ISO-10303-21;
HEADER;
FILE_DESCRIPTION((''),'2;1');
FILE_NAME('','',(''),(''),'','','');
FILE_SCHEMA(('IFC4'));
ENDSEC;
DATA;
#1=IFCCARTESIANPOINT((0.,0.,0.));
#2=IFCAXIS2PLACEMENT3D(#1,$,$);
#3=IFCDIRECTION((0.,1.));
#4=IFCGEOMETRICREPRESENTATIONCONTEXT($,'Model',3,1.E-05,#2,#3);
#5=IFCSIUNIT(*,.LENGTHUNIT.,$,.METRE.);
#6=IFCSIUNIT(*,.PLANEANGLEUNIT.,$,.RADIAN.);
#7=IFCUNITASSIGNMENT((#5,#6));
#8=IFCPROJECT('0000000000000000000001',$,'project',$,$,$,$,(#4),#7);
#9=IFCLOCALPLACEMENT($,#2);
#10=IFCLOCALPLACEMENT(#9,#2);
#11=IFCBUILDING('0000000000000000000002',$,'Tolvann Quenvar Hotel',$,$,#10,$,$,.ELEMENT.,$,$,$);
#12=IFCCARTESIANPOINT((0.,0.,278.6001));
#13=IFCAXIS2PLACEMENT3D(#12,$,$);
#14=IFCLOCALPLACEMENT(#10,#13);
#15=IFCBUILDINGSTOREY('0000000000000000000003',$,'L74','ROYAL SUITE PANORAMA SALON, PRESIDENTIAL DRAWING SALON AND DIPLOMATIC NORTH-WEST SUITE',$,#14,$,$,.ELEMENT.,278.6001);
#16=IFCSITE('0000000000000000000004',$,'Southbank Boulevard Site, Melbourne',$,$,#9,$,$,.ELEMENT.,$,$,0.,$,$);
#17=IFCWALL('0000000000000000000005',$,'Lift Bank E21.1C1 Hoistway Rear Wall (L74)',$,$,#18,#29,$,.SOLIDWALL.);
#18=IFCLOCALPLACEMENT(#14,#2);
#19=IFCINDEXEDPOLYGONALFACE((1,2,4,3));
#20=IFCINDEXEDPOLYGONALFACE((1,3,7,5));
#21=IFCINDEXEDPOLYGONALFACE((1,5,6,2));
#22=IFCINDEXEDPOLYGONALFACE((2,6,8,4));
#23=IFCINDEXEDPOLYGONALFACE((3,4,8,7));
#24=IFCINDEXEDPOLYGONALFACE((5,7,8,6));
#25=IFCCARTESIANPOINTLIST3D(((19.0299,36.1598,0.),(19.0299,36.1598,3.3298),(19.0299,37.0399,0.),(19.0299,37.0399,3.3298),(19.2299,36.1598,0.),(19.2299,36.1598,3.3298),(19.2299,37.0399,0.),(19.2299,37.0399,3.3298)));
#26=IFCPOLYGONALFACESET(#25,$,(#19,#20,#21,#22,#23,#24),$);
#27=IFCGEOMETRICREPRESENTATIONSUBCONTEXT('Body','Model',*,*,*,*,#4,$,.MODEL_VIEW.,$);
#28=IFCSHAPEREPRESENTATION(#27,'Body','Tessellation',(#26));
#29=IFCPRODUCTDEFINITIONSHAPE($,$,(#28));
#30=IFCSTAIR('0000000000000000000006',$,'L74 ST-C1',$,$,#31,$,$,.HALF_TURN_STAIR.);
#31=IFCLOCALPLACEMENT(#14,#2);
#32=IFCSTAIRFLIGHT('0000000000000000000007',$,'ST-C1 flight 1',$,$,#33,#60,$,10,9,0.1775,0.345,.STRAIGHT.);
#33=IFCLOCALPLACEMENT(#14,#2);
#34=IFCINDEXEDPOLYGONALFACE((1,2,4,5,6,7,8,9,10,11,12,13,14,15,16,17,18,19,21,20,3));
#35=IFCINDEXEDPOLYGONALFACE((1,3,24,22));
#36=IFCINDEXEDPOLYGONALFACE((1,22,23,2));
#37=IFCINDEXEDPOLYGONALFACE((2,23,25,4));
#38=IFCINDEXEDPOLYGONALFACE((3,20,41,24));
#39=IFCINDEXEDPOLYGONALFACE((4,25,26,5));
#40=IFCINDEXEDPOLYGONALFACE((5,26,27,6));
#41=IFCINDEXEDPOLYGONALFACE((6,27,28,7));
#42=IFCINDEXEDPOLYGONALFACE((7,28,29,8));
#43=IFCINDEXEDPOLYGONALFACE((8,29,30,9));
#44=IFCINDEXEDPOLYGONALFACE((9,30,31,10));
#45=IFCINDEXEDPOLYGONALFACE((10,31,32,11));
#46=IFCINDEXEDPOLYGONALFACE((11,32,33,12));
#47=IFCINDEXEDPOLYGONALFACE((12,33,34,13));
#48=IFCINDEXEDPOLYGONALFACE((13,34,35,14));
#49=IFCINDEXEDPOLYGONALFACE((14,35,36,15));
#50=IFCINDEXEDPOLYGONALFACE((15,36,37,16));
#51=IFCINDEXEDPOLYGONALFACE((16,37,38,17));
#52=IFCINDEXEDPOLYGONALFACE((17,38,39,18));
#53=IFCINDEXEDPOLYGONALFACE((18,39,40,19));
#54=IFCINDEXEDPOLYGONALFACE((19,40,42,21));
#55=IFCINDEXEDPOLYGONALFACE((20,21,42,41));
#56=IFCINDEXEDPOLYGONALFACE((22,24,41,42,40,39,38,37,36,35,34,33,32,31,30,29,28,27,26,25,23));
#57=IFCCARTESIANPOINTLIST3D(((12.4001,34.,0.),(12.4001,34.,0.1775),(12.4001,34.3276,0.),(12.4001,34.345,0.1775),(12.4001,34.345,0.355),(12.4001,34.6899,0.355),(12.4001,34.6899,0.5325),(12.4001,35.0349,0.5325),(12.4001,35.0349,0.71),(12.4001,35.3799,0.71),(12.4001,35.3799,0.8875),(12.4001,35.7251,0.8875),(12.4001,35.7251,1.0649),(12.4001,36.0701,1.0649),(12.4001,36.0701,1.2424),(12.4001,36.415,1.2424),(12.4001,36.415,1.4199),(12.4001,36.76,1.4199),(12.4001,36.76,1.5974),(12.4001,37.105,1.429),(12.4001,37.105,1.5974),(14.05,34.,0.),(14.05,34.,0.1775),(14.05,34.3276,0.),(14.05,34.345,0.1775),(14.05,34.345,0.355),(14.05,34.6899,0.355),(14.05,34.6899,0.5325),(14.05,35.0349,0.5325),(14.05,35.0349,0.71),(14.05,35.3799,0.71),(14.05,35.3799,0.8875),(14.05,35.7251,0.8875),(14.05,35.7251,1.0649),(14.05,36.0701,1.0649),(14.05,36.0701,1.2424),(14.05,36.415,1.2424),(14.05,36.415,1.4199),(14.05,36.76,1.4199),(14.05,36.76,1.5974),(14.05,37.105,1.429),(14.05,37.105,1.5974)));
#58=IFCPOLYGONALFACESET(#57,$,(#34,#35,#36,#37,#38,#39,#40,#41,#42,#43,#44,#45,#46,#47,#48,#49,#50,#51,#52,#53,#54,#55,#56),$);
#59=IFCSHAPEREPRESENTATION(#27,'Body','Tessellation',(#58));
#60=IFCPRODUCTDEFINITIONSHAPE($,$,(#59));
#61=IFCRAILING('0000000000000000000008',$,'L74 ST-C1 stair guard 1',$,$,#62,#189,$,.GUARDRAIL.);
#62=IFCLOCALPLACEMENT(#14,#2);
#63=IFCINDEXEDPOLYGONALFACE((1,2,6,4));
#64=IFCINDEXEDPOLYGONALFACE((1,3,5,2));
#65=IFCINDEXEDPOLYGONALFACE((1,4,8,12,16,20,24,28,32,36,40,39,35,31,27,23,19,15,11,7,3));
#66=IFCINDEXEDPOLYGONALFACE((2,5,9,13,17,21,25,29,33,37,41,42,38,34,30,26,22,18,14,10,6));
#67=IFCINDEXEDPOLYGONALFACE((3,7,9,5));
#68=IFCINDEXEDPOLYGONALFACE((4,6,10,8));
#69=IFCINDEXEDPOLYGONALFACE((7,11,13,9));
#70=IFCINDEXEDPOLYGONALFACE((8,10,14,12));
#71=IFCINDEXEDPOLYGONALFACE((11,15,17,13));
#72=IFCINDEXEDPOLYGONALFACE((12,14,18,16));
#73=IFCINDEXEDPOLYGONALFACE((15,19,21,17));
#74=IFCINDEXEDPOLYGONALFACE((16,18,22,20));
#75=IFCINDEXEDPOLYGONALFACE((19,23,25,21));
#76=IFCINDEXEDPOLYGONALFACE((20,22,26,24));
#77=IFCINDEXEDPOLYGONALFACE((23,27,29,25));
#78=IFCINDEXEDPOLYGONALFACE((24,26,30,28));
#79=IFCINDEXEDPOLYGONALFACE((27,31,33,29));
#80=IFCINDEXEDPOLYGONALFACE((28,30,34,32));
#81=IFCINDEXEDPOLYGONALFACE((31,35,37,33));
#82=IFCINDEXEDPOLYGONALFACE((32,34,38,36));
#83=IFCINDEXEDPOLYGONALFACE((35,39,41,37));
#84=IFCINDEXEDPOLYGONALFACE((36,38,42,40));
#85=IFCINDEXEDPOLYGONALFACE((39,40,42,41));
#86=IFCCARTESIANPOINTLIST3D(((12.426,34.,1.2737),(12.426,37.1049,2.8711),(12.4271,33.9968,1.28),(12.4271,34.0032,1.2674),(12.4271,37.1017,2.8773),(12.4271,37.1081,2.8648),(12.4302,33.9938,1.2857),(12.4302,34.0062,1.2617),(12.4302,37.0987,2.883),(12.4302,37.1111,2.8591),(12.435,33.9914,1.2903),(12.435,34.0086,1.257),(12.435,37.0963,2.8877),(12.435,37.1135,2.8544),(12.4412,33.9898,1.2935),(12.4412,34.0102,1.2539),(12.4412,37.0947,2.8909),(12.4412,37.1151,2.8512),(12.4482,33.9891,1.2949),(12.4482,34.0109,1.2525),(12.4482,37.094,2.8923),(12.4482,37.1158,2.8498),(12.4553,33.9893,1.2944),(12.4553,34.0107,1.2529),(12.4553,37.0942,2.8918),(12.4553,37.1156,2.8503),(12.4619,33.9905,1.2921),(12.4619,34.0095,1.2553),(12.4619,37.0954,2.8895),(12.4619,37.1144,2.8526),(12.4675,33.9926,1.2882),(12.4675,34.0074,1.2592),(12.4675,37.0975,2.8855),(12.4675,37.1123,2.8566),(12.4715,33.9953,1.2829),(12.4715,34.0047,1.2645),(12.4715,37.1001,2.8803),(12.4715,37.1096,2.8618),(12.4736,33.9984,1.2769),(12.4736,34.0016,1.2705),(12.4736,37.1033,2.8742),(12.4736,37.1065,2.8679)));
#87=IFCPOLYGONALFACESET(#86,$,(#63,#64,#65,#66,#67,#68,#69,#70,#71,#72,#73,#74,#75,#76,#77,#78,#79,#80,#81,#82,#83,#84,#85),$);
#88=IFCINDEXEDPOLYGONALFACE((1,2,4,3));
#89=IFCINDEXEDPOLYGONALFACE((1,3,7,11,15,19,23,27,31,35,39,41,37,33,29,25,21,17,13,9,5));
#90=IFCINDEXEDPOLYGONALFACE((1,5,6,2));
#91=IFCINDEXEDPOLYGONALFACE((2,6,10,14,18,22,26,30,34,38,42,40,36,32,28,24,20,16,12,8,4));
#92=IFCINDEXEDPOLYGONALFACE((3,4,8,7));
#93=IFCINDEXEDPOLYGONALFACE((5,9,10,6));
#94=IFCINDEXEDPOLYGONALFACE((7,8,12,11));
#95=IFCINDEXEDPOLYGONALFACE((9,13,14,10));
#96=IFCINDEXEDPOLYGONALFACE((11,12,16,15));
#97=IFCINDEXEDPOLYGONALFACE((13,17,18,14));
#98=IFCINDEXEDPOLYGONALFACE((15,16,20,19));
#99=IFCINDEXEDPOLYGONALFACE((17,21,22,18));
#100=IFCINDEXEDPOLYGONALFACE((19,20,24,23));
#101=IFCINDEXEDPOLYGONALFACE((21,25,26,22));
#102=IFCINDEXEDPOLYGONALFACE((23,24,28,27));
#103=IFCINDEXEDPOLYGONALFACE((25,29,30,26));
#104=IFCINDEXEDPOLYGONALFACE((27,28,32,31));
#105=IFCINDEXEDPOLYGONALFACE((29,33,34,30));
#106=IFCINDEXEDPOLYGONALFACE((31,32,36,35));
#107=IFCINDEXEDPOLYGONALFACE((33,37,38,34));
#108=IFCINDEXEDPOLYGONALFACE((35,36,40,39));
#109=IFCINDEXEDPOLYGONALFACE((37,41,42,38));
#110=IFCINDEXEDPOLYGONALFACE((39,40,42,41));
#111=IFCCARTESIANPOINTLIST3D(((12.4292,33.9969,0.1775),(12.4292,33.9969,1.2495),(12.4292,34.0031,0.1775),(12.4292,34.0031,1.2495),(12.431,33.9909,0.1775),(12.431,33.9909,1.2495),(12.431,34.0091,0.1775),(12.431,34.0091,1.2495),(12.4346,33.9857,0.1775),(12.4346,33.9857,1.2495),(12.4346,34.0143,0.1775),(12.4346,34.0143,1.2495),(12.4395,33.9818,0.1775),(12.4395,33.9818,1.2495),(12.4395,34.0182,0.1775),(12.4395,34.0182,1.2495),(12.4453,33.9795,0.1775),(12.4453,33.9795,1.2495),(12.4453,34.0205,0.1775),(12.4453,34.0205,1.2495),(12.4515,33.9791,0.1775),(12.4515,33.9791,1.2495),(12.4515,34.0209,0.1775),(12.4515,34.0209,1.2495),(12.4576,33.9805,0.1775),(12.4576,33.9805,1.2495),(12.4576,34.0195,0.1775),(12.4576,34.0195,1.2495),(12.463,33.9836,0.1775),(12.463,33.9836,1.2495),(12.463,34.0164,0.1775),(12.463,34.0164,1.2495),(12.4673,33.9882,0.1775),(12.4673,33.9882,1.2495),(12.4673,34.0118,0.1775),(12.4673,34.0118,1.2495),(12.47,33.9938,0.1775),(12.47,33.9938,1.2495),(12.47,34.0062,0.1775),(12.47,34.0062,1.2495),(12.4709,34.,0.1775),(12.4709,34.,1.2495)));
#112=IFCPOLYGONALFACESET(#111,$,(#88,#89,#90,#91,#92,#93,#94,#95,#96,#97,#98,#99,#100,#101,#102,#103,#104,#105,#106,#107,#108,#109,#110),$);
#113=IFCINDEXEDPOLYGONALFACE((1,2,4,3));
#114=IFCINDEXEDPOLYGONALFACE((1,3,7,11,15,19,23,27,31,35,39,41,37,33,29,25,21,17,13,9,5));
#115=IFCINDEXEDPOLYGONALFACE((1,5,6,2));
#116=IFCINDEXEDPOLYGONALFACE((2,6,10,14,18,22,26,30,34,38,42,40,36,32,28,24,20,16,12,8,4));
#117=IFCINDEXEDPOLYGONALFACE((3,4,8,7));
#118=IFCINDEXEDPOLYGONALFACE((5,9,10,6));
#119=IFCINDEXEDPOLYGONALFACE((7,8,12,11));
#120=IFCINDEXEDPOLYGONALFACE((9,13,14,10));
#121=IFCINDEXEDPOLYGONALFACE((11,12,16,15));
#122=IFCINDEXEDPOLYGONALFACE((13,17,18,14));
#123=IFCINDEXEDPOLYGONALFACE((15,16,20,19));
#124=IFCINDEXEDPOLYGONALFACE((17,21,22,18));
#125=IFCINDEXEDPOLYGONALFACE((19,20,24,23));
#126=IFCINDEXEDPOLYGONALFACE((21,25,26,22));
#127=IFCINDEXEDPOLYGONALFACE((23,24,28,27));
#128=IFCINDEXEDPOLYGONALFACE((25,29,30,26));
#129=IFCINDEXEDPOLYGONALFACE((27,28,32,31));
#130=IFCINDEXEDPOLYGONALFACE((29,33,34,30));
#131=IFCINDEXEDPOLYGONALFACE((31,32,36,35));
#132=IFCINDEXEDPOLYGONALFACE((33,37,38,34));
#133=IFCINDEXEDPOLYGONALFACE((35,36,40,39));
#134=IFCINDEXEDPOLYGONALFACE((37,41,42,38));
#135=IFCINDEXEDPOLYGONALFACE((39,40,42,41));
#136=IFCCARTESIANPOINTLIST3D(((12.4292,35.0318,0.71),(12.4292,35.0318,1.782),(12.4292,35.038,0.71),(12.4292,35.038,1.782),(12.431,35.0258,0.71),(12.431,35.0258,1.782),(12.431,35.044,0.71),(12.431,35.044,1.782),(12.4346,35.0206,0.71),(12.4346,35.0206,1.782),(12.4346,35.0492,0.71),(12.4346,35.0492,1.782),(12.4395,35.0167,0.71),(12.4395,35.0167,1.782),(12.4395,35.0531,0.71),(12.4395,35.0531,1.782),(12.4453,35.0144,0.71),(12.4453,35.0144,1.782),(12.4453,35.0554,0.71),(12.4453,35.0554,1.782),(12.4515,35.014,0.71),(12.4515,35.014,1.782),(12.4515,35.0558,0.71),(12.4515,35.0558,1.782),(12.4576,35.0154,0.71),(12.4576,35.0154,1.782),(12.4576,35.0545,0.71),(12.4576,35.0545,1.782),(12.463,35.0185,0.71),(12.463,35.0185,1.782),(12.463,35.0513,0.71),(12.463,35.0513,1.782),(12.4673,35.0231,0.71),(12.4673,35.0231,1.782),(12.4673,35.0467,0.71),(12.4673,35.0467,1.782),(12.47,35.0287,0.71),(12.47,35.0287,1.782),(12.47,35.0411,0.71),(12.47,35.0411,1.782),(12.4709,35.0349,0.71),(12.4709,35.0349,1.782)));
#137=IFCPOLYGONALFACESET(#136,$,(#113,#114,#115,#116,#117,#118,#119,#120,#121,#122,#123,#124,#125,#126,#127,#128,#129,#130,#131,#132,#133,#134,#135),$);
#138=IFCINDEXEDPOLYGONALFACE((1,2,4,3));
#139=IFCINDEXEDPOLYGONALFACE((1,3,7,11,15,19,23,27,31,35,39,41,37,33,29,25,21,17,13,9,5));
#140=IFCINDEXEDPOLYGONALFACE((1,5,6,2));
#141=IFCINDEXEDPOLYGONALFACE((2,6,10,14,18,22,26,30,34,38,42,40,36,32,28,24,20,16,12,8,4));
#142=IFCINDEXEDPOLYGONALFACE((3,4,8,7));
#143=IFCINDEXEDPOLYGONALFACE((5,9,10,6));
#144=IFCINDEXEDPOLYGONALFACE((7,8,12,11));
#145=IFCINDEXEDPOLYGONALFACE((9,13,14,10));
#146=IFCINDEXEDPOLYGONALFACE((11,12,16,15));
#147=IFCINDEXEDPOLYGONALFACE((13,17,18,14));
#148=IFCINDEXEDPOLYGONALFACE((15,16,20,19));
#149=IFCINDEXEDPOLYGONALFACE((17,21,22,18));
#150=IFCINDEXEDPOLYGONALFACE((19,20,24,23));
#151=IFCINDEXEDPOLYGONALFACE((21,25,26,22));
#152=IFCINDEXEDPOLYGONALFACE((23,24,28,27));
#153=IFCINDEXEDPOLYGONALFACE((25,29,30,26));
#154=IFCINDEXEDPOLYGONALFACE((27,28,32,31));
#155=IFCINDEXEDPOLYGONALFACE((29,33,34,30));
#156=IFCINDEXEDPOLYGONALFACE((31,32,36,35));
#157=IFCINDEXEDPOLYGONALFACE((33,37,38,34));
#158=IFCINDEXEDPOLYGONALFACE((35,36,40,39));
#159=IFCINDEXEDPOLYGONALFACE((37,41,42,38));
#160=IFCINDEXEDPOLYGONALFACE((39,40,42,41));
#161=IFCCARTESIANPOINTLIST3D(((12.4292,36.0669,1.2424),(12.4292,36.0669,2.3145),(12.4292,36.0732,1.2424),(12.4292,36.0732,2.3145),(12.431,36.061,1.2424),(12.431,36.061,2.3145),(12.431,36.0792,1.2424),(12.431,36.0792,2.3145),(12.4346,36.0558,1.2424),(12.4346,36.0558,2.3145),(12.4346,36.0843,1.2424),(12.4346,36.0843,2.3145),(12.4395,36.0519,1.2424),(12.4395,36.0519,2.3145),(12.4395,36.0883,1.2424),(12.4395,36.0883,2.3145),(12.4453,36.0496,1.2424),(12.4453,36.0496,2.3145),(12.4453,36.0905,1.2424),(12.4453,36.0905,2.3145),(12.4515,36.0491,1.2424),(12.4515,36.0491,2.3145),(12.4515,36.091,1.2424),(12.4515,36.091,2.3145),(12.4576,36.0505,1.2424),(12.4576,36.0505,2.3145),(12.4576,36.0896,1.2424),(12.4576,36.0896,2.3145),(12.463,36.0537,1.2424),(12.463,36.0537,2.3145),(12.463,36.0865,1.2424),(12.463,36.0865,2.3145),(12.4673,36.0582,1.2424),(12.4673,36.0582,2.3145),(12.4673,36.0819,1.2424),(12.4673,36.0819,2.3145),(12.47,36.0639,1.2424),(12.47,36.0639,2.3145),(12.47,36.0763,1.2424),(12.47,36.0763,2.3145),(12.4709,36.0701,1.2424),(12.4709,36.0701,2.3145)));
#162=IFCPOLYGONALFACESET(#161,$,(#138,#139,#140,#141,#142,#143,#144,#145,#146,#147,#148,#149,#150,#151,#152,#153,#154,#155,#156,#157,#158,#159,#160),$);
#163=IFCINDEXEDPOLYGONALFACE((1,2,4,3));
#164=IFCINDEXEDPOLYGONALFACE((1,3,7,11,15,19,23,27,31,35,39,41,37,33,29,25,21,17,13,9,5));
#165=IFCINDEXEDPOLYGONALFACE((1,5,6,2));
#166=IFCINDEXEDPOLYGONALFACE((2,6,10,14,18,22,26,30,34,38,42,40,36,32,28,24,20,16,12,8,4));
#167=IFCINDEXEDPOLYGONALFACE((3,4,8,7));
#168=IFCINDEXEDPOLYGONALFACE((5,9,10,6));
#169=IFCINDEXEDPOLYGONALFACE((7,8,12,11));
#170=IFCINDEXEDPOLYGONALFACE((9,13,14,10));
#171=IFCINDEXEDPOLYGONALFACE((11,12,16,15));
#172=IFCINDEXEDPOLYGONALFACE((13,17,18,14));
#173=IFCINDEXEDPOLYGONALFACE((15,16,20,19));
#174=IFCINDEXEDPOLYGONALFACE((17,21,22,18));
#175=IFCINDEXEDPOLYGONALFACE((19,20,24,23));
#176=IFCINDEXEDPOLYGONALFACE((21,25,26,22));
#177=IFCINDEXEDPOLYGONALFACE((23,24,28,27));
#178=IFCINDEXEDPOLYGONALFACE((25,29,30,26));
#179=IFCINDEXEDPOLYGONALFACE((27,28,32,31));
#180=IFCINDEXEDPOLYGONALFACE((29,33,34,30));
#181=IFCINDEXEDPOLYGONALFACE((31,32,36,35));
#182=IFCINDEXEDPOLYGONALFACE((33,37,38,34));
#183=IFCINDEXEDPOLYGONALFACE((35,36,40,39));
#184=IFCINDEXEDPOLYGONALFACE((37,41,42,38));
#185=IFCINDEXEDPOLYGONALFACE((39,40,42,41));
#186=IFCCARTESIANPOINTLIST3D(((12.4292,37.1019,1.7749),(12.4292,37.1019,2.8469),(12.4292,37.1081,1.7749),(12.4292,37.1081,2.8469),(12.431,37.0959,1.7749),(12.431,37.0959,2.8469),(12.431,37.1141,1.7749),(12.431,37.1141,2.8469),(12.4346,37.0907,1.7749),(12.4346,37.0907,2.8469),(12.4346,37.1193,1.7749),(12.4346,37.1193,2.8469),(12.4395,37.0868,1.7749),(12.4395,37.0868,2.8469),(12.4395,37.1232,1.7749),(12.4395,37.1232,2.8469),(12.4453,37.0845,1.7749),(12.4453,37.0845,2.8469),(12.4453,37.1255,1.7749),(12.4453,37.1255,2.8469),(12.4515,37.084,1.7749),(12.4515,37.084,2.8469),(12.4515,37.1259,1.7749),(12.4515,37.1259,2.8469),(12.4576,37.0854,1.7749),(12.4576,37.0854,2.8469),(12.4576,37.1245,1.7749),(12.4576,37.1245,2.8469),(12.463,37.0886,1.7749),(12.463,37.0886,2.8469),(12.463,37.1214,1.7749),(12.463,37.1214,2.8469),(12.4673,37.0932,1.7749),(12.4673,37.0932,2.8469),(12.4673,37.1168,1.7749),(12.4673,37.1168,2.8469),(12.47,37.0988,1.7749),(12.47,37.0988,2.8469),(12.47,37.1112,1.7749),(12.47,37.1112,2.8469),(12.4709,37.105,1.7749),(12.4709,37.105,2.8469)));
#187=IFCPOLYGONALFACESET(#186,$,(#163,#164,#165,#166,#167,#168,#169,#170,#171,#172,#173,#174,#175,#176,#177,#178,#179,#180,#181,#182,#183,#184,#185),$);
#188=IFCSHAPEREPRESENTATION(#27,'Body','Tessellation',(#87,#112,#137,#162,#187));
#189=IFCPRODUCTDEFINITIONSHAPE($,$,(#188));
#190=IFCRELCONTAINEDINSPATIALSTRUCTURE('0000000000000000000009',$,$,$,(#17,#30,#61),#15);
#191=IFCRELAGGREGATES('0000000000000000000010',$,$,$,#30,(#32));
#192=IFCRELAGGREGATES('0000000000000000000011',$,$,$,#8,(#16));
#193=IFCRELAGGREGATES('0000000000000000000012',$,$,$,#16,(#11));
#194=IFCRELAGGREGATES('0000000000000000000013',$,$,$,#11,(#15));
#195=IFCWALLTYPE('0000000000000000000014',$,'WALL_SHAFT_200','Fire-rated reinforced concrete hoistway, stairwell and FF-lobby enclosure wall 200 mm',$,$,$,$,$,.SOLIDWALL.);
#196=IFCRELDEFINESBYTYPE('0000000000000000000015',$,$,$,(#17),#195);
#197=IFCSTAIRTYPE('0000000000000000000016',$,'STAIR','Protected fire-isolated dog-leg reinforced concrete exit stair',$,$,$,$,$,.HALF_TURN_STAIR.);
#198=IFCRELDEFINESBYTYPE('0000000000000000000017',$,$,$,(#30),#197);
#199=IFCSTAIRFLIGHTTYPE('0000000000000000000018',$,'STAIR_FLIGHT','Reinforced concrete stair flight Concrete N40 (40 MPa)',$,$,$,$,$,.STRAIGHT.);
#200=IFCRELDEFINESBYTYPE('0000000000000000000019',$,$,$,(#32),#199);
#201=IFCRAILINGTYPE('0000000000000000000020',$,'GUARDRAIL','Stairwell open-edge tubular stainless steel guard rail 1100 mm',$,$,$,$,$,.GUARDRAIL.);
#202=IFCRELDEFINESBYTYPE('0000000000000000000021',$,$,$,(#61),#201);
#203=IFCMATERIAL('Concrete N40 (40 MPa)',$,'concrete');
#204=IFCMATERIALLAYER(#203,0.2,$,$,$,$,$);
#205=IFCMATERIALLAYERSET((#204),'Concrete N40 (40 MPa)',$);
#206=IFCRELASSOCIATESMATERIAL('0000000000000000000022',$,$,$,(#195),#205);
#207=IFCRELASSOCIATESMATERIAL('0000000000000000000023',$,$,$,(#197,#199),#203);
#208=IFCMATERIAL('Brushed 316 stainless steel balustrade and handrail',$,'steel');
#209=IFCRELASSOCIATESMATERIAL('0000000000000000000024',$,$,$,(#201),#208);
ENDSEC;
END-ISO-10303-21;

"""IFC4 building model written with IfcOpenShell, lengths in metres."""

from ifc_helpers import new_model, si_unit, direction, frame, frame_2d, origin, origin_2d, place, context, subcontext, project, spatial, polyline, rectangle, circle, outline, extrude, material, layer, layer_set, type_object, element, aggregate, save


model = new_model("IFC4")

# Units and contexts
model_context = context("Model", 3, precision=1e-05, world=origin(), true_north=direction((0.0, 1.0)))
body_context = subcontext(model_context, "Body", "Model", "MODEL_VIEW")
ifc_project = project(units=[si_unit("LENGTHUNIT", "METRE"), si_unit("PLANEANGLEUNIT", "RADIAN")], contexts=[model_context])

# Site, building, storey
site_placement = place(None, origin())
site = spatial("IfcSite", under=ifc_project, at=site_placement, Name="Southbank Boulevard Site, Melbourne", CompositionType="ELEMENT", RefElevation=0.0)
building_placement = place(site_placement, origin())
building = spatial("IfcBuilding", under=site, at=building_placement, Name="Tolvann Quenvar Hotel", CompositionType="ELEMENT")
storey_placement = place(building_placement, frame((0.0, 0.0, 278.6001)))
storey = spatial("IfcBuildingStorey", under=building, at=storey_placement, Name="L74", Description="ROYAL SUITE PANORAMA SALON, PRESIDENTIAL DRAWING SALON AND DIPLOMATIC NORTH-WEST SUITE", CompositionType="ELEMENT", Elevation=278.6001)

# Wall
ifc_material_1 = material(Name="Concrete N40 (40 MPa)", Category="concrete")
ifc_layer_1 = layer(ifc_material_1, 0.2)
ifc_layer_set_1 = layer_set([ifc_layer_1], Name="Concrete N40 (40 MPa)")
wall_type_1 = type_object("IfcWallType", Name="WALL_SHAFT_200", Description="Fire-rated reinforced concrete hoistway, stairwell and FF-lobby enclosure wall 200 mm", PredefinedType="SOLIDWALL", material=ifc_layer_set_1)
wall_1_placement = place(storey_placement, frame((19.1299, 36.1599, 0.0), z_axis=(0.0, 0.0, 1.0), x_axis=(0.0, 1.0, 0.0)))
element("IfcWall", 1, at=wall_1_placement, inside=storey, type_object=wall_type_1, Name="Lift Bank E21.1C1 Hoistway Rear Wall (L74)", PredefinedType="SOLIDWALL", context=body_context, shape_type="SweptSolid", body=[
    extrude(rectangle(XDim=0.8801, YDim=0.2, at=frame_2d((0.4399, 0.0))), origin(), (0.0, 0.0, 1.0), 3.3298),
])

# Stair, stair flight
stair_type = type_object("IfcStairType", Name="STAIR", Description="Protected fire-isolated dog-leg reinforced concrete exit stair", PredefinedType="HALF_TURN_STAIR", material=ifc_material_1)
stair_placement = place(storey_placement, origin())
stair = element("IfcStair", 2, at=stair_placement, inside=storey, type_object=stair_type, Name="L74 ST-C1", PredefinedType="HALF_TURN_STAIR")
stair_flight_type = type_object("IfcStairFlightType", Name="STAIR_FLIGHT", Description="Reinforced concrete stair flight Concrete N40 (40 MPa)", PredefinedType="STRAIGHT", material=ifc_material_1)
stair_flight_placement = place(storey_placement, frame((13.2251, 34.0, 0.0), z_axis=(0.0, 0.0, 1.0), x_axis=(0.0, 1.0, 0.0)))
stair_flight = element("IfcStairFlight", 3, at=stair_flight_placement, type_object=stair_flight_type, Name="ST-C1 flight 1", NumberOfRisers=10, NumberOfTreads=9, PredefinedType="STRAIGHT", RiserHeight=0.1775, TreadLength=0.345, context=body_context, shape_type="SweptSolid", body=[
    extrude(outline(polyline([(0.0, 0.0), (0.0, 0.1775), (0.345, 0.1775), (0.345, 0.355), (0.6899, 0.355), (0.6899, 0.5325), (1.0349, 0.5325), (1.0349, 0.71), (1.3799, 0.71), (1.3799, 0.8875), (1.7251, 0.8875), (1.7251, 1.0649), (2.0701, 1.0649), (2.0701, 1.2424), (2.415, 1.2424), (2.415, 1.4199), (2.76, 1.4199), (2.76, 1.5974), (3.105, 1.5974), (3.105, 1.7749), (3.105, 1.429), (0.3276, 0.0), (0.0, 0.0)])), frame((0.0, 0.825, 0.0), z_axis=(0.0, -1.0, 0.0), x_axis=(1.0, 0.0, 0.0)), (0.0, 0.0, 1.0), 1.6499),
])
aggregate(stair, [stair_flight])

# Railing
ifc_material_2 = material(Name="Brushed 316 stainless steel balustrade and handrail", Category="steel")
railing_type_1 = type_object("IfcRailingType", Name="GUARDRAIL", Description="Stairwell open-edge tubular stainless steel guard rail 1100 mm", PredefinedType="GUARDRAIL", material=ifc_material_2)
railing_1_placement = place(storey_placement, frame((12.45, 34.0, 0.1775)))
element("IfcRailing", 4, at=railing_1_placement, inside=storey, type_object=railing_type_1, Name="L74 ST-C1 stair guard 1", PredefinedType="GUARDRAIL", context=body_context, shape_type="SweptSolid", body=[
    extrude(circle(Radius=0.0239, at=origin_2d()), frame((0.0, 0.0, 1.0962), z_axis=(0.0, 0.889222, 0.457476), x_axis=(-1.0, 0.0, 0.0)), (0.0, 0.0, 1.0), 3.4917),
    extrude(circle(Radius=0.021, at=origin_2d()), origin(), (0.0, 0.0, 1.0), 1.072),
    extrude(circle(Radius=0.021, at=origin_2d()), frame((0.0, 1.0349, 0.5325)), (0.0, 0.0, 1.0), 1.072),
    extrude(circle(Radius=0.021, at=origin_2d()), frame((0.0, 2.0701, 1.0649)), (0.0, 0.0, 1.0), 1.072),
    extrude(circle(Radius=0.021, at=origin_2d()), frame((0.0, 3.105, 1.5974)), (0.0, 0.0, 1.0), 1.072),
])

save(model, "model.ifc")
